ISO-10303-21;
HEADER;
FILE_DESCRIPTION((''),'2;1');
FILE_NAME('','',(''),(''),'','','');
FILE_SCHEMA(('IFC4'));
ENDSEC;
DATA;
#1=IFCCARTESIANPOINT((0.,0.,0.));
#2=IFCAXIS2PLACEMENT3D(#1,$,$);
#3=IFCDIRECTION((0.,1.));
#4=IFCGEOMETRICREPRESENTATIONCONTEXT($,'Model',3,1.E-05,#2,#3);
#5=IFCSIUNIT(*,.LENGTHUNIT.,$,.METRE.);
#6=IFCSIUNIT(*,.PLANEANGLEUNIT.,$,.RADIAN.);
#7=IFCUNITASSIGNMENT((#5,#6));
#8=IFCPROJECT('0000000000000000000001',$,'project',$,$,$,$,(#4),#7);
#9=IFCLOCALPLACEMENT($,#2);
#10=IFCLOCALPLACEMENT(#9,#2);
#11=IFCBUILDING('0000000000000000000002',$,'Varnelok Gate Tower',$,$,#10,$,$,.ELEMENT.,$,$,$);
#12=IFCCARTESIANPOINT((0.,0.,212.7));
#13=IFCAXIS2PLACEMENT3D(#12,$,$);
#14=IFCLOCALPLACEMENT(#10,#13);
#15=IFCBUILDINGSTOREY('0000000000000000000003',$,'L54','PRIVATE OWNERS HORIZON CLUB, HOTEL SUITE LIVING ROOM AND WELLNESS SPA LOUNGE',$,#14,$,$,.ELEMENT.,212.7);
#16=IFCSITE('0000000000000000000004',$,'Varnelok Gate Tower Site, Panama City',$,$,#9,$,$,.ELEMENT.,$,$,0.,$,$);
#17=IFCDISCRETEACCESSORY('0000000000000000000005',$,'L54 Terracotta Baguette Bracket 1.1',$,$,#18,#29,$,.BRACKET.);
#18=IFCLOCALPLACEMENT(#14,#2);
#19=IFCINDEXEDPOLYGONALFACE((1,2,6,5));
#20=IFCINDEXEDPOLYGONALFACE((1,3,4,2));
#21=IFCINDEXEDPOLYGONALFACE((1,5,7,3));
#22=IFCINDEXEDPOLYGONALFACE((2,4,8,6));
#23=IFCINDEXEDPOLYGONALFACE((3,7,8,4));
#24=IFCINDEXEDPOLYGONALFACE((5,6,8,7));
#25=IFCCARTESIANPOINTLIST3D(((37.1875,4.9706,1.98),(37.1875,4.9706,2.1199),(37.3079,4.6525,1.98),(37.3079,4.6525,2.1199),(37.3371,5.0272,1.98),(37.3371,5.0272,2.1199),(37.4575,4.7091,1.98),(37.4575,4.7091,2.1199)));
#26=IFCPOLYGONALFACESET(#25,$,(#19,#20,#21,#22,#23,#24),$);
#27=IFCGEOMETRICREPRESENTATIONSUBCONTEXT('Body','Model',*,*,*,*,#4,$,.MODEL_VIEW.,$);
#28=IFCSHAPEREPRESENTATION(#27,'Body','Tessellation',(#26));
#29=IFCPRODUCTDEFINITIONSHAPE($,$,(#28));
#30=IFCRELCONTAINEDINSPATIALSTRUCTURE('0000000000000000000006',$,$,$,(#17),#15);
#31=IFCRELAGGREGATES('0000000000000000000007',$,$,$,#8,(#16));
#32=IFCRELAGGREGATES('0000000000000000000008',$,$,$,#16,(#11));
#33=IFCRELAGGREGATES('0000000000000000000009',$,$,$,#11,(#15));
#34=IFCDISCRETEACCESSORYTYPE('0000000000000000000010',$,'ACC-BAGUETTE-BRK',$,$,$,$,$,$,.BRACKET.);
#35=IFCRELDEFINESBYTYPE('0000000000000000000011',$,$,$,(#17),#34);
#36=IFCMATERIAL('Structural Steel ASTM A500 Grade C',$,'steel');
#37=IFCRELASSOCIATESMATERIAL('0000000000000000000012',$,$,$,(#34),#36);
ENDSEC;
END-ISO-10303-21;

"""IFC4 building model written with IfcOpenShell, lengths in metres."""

from ifc_helpers import new_model, si_unit, direction, frame, origin, origin_2d, place, context, subcontext, project, spatial, rectangle, extrude, source, transform, mapped, material, type_object, element, save


model = new_model("IFC4")

# Units and contexts
model_context = context("Model", 3, precision=1e-05, world=origin(), true_north=direction((0.0, 1.0)))
body_context = subcontext(model_context, "Body", "Model", "MODEL_VIEW")
ifc_project = project(units=[si_unit("LENGTHUNIT", "METRE"), si_unit("PLANEANGLEUNIT", "RADIAN")], contexts=[model_context])

# Site, building, storey
site_placement = place(None, origin())
site = spatial("IfcSite", under=ifc_project, at=site_placement, Name="Varnelok Gate Tower Site, Panama City", CompositionType="ELEMENT", RefElevation=0.0)
building_placement = place(site_placement, origin())
building = spatial("IfcBuilding", under=site, at=building_placement, Name="Varnelok Gate Tower", CompositionType="ELEMENT")
storey_placement = place(building_placement, frame((0.0, 0.0, 212.7)))
storey = spatial("IfcBuildingStorey", under=building, at=storey_placement, Name="L54", Description="PRIVATE OWNERS HORIZON CLUB, HOTEL SUITE LIVING ROOM AND WELLNESS SPA LOUNGE", CompositionType="ELEMENT", Elevation=212.7)

# Discrete accessory
ifc_material_1 = material(Name="Structural Steel ASTM A500 Grade C", Category="steel")
discrete_accessory_type = type_object("IfcDiscreteAccessoryType", Name="ACC-BAGUETTE-BRK", PredefinedType="BRACKET", material=ifc_material_1)
shared_shape_1 = source(origin(), body_context, "Body", "SweptSolid", [
    extrude(rectangle(XDim=0.1599, YDim=0.3401, at=origin_2d()), origin(), (0.0, 0.0, 1.0), 0.1399),
])
discrete_accessory_placement = place(storey_placement, frame((37.3225, 4.8398, 1.98), z_axis=(0.0, 0.0, 1.0), x_axis=(0.935222, 0.354063, 0.0)))
element("IfcDiscreteAccessory", 1, at=discrete_accessory_placement, inside=storey, type_object=discrete_accessory_type, Name="L54 Terracotta Baguette Bracket 1.1", PredefinedType="BRACKET", context=body_context, shape_type="MappedRepresentation", body=[
    mapped(shared_shape_1, transform((0.0, 0.0, 0.0), scale=1.0)),
])

save(model, "model.ifc")
